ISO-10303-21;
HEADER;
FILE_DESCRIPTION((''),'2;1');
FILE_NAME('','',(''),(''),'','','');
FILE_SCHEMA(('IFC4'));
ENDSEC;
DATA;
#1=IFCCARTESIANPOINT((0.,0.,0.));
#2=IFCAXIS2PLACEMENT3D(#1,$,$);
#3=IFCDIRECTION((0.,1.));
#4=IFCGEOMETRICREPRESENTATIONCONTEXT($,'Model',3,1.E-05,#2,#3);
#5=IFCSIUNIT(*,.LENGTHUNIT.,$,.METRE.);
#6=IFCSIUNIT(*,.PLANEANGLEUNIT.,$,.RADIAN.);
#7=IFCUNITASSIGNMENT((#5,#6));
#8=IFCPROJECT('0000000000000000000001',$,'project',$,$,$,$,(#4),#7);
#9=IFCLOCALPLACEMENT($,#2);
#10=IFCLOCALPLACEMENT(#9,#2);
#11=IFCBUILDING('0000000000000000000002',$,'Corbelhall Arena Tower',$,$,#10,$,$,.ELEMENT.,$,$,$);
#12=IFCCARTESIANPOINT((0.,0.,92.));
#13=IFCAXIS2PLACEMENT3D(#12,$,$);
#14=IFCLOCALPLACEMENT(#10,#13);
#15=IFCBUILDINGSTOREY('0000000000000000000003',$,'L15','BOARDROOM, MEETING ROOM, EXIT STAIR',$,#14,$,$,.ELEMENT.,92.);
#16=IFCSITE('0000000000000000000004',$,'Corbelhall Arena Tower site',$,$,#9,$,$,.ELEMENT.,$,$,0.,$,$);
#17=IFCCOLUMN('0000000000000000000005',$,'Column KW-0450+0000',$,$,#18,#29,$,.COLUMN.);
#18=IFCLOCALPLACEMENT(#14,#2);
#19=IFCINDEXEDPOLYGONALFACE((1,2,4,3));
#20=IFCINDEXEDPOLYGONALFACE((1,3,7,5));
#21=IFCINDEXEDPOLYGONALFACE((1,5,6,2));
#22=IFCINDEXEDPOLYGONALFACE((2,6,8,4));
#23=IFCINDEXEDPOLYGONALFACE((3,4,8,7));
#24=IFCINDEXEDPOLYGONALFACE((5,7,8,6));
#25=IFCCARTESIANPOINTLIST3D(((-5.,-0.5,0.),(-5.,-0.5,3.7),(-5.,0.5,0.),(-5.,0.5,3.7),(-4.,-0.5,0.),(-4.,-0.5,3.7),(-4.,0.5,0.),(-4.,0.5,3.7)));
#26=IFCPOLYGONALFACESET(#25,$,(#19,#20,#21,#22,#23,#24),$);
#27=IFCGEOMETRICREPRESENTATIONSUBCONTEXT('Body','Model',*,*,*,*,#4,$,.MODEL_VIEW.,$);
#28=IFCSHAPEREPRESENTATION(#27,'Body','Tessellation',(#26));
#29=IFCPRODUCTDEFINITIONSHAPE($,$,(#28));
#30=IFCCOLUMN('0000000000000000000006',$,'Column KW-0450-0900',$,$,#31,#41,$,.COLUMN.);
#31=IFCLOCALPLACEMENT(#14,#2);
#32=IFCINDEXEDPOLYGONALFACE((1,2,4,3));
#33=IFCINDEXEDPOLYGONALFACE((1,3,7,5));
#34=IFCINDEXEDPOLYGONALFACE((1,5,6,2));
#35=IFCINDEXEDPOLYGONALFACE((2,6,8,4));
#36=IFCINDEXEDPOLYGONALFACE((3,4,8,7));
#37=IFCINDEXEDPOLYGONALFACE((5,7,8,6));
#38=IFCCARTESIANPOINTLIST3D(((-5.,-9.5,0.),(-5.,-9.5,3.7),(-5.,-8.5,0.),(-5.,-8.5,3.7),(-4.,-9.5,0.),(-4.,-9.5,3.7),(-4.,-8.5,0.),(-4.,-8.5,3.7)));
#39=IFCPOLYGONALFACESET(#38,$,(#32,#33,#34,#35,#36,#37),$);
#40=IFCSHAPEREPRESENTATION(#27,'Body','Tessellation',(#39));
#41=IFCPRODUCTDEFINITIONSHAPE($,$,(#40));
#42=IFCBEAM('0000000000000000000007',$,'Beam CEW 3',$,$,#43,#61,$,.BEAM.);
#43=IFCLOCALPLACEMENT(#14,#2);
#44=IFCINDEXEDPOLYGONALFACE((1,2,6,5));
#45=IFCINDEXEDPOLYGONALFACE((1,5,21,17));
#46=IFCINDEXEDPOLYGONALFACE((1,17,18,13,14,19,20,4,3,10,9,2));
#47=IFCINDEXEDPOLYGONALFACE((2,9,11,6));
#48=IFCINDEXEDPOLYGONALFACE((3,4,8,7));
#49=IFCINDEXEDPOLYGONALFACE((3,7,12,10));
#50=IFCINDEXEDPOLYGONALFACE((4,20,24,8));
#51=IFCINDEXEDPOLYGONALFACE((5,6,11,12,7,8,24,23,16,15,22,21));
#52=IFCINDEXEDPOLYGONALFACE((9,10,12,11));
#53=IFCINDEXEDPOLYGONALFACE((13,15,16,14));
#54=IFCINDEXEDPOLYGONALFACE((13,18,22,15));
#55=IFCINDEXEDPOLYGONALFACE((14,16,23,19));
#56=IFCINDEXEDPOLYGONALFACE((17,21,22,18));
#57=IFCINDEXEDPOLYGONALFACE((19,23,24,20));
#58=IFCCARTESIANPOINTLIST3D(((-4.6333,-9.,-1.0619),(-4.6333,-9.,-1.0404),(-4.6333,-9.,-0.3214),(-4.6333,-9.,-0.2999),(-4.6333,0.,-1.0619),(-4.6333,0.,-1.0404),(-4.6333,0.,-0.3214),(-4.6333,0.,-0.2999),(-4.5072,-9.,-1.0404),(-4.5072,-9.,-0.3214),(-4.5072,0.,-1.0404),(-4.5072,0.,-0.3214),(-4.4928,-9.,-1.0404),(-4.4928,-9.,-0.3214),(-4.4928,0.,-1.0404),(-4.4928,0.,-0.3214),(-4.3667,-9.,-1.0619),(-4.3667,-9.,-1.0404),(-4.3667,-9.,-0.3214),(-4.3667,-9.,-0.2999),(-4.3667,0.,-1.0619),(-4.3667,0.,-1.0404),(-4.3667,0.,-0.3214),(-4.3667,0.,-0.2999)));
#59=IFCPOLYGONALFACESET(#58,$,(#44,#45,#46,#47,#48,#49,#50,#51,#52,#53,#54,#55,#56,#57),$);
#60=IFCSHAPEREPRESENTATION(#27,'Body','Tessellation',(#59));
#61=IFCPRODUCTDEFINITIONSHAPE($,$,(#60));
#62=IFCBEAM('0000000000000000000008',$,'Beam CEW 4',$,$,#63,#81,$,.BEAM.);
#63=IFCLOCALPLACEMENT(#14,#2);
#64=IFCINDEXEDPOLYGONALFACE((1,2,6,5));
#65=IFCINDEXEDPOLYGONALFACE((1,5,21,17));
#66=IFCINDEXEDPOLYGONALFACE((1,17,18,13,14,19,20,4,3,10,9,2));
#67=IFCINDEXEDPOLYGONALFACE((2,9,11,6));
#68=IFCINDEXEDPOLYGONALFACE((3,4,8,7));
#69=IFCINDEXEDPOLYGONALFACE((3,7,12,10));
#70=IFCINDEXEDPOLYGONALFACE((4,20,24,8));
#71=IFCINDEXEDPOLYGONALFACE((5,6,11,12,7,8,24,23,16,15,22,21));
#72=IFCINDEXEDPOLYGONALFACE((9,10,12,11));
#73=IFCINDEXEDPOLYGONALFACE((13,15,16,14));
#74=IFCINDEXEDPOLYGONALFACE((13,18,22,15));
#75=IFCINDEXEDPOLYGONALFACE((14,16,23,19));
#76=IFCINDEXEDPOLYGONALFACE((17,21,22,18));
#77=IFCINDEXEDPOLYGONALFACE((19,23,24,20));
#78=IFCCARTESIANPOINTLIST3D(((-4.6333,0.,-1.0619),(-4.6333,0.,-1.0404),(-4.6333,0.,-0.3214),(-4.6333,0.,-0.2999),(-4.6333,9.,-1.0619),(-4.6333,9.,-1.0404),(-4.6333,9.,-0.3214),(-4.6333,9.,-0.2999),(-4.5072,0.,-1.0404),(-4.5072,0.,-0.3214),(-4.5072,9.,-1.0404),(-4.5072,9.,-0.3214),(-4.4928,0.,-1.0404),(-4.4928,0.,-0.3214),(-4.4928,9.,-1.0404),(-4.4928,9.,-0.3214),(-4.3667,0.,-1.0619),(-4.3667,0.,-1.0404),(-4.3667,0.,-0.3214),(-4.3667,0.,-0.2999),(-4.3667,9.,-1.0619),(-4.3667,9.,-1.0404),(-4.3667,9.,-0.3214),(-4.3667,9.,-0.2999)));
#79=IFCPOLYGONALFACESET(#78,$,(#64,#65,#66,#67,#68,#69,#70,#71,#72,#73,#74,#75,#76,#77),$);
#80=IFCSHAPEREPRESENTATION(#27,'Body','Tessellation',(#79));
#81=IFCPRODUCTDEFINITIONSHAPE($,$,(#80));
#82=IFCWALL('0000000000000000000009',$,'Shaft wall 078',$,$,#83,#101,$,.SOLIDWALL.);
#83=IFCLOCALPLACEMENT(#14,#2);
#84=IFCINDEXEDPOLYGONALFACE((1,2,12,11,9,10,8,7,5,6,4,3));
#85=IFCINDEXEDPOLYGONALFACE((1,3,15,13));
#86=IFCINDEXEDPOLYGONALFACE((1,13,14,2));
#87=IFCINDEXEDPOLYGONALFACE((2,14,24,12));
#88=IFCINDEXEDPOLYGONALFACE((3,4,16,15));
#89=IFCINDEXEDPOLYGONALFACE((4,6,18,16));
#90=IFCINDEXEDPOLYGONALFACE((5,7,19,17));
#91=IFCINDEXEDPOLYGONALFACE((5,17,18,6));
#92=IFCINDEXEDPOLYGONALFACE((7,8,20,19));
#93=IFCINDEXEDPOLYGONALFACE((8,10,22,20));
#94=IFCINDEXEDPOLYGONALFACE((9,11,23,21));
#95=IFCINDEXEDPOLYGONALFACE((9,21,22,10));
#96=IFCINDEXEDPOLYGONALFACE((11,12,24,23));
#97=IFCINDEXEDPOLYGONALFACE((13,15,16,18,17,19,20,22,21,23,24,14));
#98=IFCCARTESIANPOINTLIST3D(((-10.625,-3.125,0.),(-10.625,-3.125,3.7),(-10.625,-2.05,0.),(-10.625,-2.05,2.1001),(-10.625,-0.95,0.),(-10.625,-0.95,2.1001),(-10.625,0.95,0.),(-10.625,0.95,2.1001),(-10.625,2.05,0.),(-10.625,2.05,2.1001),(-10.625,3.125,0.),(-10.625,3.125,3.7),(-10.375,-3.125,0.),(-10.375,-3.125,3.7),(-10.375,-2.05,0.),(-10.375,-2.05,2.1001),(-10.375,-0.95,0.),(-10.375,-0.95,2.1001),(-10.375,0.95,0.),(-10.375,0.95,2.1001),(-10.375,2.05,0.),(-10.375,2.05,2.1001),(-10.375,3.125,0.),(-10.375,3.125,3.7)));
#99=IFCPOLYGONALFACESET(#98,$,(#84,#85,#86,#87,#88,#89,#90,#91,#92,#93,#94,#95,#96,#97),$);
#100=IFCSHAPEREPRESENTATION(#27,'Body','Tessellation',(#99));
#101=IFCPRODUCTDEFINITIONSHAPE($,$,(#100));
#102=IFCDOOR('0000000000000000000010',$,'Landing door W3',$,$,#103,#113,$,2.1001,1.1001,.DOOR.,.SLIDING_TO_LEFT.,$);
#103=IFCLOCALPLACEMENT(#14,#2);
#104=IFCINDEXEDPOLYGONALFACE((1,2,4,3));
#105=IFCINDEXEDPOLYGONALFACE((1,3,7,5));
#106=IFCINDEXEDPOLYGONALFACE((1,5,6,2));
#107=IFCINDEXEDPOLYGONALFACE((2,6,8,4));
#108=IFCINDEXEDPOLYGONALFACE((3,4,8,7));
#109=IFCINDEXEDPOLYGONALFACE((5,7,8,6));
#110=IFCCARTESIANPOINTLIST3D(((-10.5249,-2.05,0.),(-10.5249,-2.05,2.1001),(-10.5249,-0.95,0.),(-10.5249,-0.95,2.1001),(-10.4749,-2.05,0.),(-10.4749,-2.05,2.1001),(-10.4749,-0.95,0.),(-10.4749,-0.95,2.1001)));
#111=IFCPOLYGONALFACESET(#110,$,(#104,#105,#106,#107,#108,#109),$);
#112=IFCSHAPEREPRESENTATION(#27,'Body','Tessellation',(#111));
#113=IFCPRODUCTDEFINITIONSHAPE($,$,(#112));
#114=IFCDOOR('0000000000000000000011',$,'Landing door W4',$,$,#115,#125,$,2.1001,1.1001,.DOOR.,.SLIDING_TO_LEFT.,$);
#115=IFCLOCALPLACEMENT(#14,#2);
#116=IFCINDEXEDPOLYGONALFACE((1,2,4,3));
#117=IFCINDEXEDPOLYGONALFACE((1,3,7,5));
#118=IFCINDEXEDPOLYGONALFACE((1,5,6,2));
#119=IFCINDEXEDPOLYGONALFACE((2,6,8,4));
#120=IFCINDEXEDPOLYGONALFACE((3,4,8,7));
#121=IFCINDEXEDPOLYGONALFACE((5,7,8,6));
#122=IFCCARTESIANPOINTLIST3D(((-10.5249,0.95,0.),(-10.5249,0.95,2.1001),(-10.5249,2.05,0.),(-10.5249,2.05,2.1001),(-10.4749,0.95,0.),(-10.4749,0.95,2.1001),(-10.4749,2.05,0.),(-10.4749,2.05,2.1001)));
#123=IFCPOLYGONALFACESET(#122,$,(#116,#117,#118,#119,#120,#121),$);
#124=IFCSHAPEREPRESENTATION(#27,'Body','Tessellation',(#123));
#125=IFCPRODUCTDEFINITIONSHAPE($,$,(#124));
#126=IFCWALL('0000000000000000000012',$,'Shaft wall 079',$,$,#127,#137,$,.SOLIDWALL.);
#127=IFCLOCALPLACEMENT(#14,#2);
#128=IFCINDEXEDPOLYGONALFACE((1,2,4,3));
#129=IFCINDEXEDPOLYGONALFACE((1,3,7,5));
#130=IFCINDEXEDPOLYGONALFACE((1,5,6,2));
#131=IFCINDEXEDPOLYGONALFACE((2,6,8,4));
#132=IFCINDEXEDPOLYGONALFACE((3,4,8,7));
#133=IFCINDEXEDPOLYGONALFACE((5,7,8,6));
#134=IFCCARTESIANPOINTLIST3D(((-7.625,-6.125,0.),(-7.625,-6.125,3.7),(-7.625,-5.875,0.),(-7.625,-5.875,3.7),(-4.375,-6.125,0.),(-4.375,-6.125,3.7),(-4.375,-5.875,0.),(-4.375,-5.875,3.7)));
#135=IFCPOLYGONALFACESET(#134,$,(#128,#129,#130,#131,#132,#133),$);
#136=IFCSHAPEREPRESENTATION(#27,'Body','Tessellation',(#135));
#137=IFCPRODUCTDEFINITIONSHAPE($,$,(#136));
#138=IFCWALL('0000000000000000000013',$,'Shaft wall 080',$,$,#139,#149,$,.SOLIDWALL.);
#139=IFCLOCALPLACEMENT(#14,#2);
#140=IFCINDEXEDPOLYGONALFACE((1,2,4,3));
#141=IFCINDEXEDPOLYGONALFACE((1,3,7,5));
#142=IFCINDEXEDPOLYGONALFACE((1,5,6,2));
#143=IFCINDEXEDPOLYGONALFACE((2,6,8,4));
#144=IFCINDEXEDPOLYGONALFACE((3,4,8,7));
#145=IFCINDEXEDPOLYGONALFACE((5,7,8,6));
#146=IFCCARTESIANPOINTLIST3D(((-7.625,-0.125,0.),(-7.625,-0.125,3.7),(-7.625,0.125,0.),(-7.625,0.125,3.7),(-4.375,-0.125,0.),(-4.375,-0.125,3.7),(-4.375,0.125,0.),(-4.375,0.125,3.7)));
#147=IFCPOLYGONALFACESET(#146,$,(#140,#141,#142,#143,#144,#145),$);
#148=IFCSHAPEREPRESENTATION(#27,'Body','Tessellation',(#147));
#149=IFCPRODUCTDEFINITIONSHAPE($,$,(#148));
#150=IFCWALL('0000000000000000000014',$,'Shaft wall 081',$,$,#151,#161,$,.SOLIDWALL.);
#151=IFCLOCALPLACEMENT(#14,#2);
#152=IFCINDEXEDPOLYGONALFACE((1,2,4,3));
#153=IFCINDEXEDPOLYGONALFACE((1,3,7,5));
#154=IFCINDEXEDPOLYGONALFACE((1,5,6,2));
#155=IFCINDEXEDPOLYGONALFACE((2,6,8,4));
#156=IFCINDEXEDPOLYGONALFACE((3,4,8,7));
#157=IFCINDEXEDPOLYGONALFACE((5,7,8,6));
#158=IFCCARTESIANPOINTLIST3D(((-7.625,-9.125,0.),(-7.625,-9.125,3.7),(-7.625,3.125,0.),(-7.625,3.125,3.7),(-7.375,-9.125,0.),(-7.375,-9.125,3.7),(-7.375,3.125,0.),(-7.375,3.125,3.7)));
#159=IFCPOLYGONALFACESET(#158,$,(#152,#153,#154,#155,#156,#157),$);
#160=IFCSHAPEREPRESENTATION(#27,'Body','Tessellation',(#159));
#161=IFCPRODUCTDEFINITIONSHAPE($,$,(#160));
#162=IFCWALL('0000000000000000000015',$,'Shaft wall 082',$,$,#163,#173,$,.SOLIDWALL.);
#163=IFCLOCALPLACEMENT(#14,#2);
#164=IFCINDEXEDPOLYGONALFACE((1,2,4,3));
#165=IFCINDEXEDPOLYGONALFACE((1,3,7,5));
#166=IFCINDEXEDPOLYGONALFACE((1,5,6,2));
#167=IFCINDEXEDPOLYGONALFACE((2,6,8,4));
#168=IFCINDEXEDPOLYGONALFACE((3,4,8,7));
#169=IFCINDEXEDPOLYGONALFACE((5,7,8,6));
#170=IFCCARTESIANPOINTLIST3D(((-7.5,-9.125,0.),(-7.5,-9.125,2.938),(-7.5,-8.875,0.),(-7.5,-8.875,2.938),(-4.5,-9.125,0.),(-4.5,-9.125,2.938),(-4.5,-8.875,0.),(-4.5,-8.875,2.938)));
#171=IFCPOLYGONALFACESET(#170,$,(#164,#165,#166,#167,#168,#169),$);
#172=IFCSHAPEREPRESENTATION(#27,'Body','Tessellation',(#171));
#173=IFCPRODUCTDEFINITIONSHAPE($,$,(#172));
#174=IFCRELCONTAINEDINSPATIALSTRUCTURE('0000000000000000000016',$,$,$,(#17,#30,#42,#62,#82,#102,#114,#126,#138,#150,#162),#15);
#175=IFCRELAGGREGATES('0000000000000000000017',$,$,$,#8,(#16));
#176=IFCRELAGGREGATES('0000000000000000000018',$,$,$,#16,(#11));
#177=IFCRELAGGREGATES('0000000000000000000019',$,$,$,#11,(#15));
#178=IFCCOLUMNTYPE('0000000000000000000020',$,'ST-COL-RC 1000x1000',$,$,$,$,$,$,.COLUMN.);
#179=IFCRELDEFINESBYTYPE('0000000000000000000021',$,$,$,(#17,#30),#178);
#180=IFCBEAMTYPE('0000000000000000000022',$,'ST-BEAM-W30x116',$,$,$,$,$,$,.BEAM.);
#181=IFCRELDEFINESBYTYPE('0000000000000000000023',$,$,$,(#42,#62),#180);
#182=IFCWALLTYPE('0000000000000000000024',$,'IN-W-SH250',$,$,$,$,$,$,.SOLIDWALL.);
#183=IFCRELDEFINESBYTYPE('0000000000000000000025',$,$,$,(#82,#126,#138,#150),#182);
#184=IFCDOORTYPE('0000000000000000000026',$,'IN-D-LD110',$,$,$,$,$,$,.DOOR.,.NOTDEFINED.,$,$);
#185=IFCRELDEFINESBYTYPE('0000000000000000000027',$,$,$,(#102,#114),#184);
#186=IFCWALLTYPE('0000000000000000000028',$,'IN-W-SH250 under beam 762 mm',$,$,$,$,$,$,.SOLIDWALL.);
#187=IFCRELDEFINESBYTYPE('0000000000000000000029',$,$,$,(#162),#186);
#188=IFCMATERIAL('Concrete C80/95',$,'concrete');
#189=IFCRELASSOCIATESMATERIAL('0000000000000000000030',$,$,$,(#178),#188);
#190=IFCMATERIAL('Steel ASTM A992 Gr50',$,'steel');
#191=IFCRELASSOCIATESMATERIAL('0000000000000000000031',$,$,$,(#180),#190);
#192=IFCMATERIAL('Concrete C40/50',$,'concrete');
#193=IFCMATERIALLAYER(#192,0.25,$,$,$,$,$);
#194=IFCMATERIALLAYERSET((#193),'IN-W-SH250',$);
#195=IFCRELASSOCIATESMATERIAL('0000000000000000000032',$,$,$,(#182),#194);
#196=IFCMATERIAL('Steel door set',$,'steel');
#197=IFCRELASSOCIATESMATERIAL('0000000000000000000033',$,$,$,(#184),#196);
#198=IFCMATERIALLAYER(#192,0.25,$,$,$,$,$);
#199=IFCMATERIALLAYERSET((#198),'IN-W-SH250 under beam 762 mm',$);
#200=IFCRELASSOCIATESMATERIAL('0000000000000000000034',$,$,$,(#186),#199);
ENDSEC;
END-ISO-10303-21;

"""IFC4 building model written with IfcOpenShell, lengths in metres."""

from ifc_helpers import new_model, si_unit, direction, frame, frame_2d, origin, origin_2d, place, context, subcontext, project, spatial, rectangle, i_section, extrude, material, layer, layer_set, material_profile, profile_set, type_object, element, fill, save


model = new_model("IFC4")

# Units and contexts
model_context = context("Model", 3, precision=1e-05, world=origin(), true_north=direction((0.0, 1.0)))
body_context = subcontext(model_context, "Body", "Model", "MODEL_VIEW")
ifc_project = project(units=[si_unit("LENGTHUNIT", "METRE"), si_unit("PLANEANGLEUNIT", "RADIAN")], contexts=[model_context])

# Site, building, storey
site_placement = place(None, origin())
site = spatial("IfcSite", under=ifc_project, at=site_placement, Name="Corbelhall Arena Tower site", CompositionType="ELEMENT", RefElevation=0.0)
building_placement = place(site_placement, origin())
building = spatial("IfcBuilding", under=site, at=building_placement, Name="Corbelhall Arena Tower", CompositionType="ELEMENT")
storey_placement = place(building_placement, frame((0.0, 0.0, 92.0)))
storey = spatial("IfcBuildingStorey", under=building, at=storey_placement, Name="L15", Description="BOARDROOM, MEETING ROOM, EXIT STAIR", CompositionType="ELEMENT", Elevation=92.0)

# Columns
ifc_material_1 = material(Name="Concrete C80/95", Category="concrete")
ifc_material_profile_1 = material_profile(ifc_material_1, rectangle(XDim=1.0, YDim=1.0, at=origin_2d()))
ifc_profile_set_1 = profile_set([ifc_material_profile_1], Name="Concrete C80/95")
column_type = type_object("IfcColumnType", Name="ST-COL-RC 1000x1000", PredefinedType="COLUMN", material=ifc_profile_set_1)
for number, where, z_axis, x_axis, name in (
    (1, (-4.5, 0.0, 0.0), (0.0, 0.0, 1.0), (1.0, 0.0, 0.0), "Column KW-0450+0000"),
    (2, (-4.5, -9.0, 0.0), (0.0, 0.0, 1.0), (1.0, 0.0, 0.0), "Column KW-0450-0900"),
):
    element("IfcColumn", number, at=place(storey_placement, frame(where, z_axis=z_axis, x_axis=x_axis)), inside=storey, type_object=column_type, Name=name, PredefinedType="COLUMN", context=body_context, shape_type="SweptSolid", body=[
        extrude(rectangle(XDim=1.0, YDim=1.0, at=origin_2d()), origin(), (0.0, 0.0, 1.0), 3.7),
    ])

# Beams
ifc_material_2 = material(Name="Steel ASTM A992 Gr50", Category="steel")
ifc_material_profile_2 = material_profile(ifc_material_2, i_section(OverallWidth=0.2666, OverallDepth=0.762, WebThickness=0.0144, FlangeThickness=0.0215, at=origin_2d()))
ifc_profile_set_2 = profile_set([ifc_material_profile_2], Name="Steel ASTM A992 Gr50")
beam_type = type_object("IfcBeamType", Name="ST-BEAM-W30x116", PredefinedType="BEAM", material=ifc_profile_set_2)
for number, where, z_axis, x_axis, name in (
    (3, (-4.5, -9.0, -0.6809), (0.0, 1.0, 0.0), (-1.0, 0.0, 0.0), "Beam CEW 3"),
    (4, (-4.5, 0.0, -0.6809), (0.0, 1.0, 0.0), (-1.0, 0.0, 0.0), "Beam CEW 4"),
):
    element("IfcBeam", number, at=place(storey_placement, frame(where, z_axis=z_axis, x_axis=x_axis)), inside=storey, type_object=beam_type, Name=name, PredefinedType="BEAM", context=body_context, shape_type="SweptSolid", body=[
        extrude(i_section(OverallWidth=0.2666, OverallDepth=0.762, WebThickness=0.0144, FlangeThickness=0.0215, at=origin_2d()), origin(), (0.0, 0.0, 1.0), 9.0),
    ])

# Wall, openings, doors
ifc_material_3 = material(Name="Concrete C40/50", Category="concrete")
ifc_layer_1 = layer(ifc_material_3, 0.25)
ifc_layer_set_1 = layer_set([ifc_layer_1], Name="IN-W-SH250")
wall_type_1 = type_object("IfcWallType", Name="IN-W-SH250", PredefinedType="SOLIDWALL", material=ifc_layer_set_1)
wall_1_placement = place(storey_placement, frame((-10.5, -3.125, 0.0), z_axis=(0.0, 0.0, 1.0), x_axis=(0.0, 1.0, 0.0)))
wall_1 = element("IfcWall", 5, at=wall_1_placement, inside=storey, type_object=wall_type_1, Name="Shaft wall 078", PredefinedType="SOLIDWALL", context=body_context, shape_type="SweptSolid", body=[
    extrude(rectangle(XDim=6.25, YDim=0.25, at=frame_2d((3.125, 0.0))), origin(), (0.0, 0.0, 1.0), 3.7),
])
opening_1_placement = place(wall_1_placement, frame((1.075, 0.0, 0.0)))
opening_1 = element("IfcOpeningElement", 6, at=opening_1_placement, cuts=wall_1, PredefinedType="OPENING", context=body_context, shape_type="SweptSolid", body=[
    extrude(rectangle(XDim=1.1001, YDim=2.1001, at=frame_2d((0.55, 1.05))), frame((0.0, 0.125, 0.0), z_axis=(0.0, -1.0, 0.0), x_axis=(1.0, 0.0, 0.0)), (0.0, 0.0, 1.0), 0.25),
])
opening_2_placement = place(wall_1_placement, frame((4.075, 0.0, 0.0)))
opening_2 = element("IfcOpeningElement", 7, at=opening_2_placement, cuts=wall_1, PredefinedType="OPENING", context=body_context, shape_type="SweptSolid", body=[
    extrude(rectangle(XDim=1.1001, YDim=2.1001, at=frame_2d((0.55, 1.05))), frame((0.0, 0.125, 0.0), z_axis=(0.0, -1.0, 0.0), x_axis=(1.0, 0.0, 0.0)), (0.0, 0.0, 1.0), 0.25),
])
ifc_material_4 = material(Name="Steel door set", Category="steel")
door_type_1 = type_object("IfcDoorType", Name="IN-D-LD110", OperationType="NOTDEFINED", PredefinedType="DOOR", material=ifc_material_4)
door_1_placement = place(opening_1_placement, origin())
door_1 = element("IfcDoor", 8, at=door_1_placement, inside=storey, type_object=door_type_1, Name="Landing door W3", OperationType="SLIDING_TO_LEFT", OverallHeight=2.1001, OverallWidth=1.1001, PredefinedType="DOOR", context=body_context, shape_type="SweptSolid", body=[
    extrude(rectangle(XDim=1.1001, YDim=2.1001, at=frame_2d((0.55, 1.05))), frame((0.0, 0.0249, 0.0), z_axis=(0.0, -1.0, 0.0), x_axis=(1.0, 0.0, 0.0)), (0.0, 0.0, 1.0), 0.05),
])
fill(opening_1, door_1)
door_2_placement = place(opening_2_placement, origin())
door_2 = element("IfcDoor", 9, at=door_2_placement, inside=storey, type_object=door_type_1, Name="Landing door W4", OperationType="SLIDING_TO_LEFT", OverallHeight=2.1001, OverallWidth=1.1001, PredefinedType="DOOR", context=body_context, shape_type="SweptSolid", body=[
    extrude(rectangle(XDim=1.1001, YDim=2.1001, at=frame_2d((0.55, 1.05))), frame((0.0, 0.0249, 0.0), z_axis=(0.0, -1.0, 0.0), x_axis=(1.0, 0.0, 0.0)), (0.0, 0.0, 1.0), 0.05),
])
fill(opening_2, door_2)

# Walls
for number, where, z_axis, x_axis, name in (
    (10, (-7.625, -6.0, 0.0), (0.0, 0.0, 1.0), (1.0, 0.0, 0.0), "Shaft wall 079"),
    (11, (-7.625, 0.0, 0.0), (0.0, 0.0, 1.0), (1.0, 0.0, 0.0), "Shaft wall 080"),
):
    element("IfcWall", number, at=place(storey_placement, frame(where, z_axis=z_axis, x_axis=x_axis)), inside=storey, type_object=wall_type_1, Name=name, PredefinedType="SOLIDWALL", context=body_context, shape_type="SweptSolid", body=[
        extrude(rectangle(XDim=3.25, YDim=0.25, at=frame_2d((1.625, 0.0))), origin(), (0.0, 0.0, 1.0), 3.7),
    ])
wall_2_placement = place(storey_placement, frame((-7.5, -9.125, 0.0), z_axis=(0.0, 0.0, 1.0), x_axis=(0.0, 1.0, 0.0)))
element("IfcWall", 12, at=wall_2_placement, inside=storey, type_object=wall_type_1, Name="Shaft wall 081", PredefinedType="SOLIDWALL", context=body_context, shape_type="SweptSolid", body=[
    extrude(rectangle(XDim=12.25, YDim=0.25, at=frame_2d((6.125, 0.0))), origin(), (0.0, 0.0, 1.0), 3.7),
])
ifc_layer_2 = layer(ifc_material_3, 0.25)
ifc_layer_set_2 = layer_set([ifc_layer_2], Name="IN-W-SH250 under beam 762 mm")
wall_type_2 = type_object("IfcWallType", Name="IN-W-SH250 under beam 762 mm", PredefinedType="SOLIDWALL", material=ifc_layer_set_2)
wall_3_placement = place(storey_placement, frame((-4.5, -9.0, 0.0), z_axis=(0.0, 0.0, 1.0), x_axis=(-1.0, 0.0, 0.0)))
element("IfcWall", 13, at=wall_3_placement, inside=storey, type_object=wall_type_2, Name="Shaft wall 082", PredefinedType="SOLIDWALL", context=body_context, shape_type="SweptSolid", body=[
    extrude(rectangle(XDim=3.0, YDim=0.25, at=frame_2d((1.5, 0.0))), origin(), (0.0, 0.0, 1.0), 2.938),
])

save(model, "model.ifc")
